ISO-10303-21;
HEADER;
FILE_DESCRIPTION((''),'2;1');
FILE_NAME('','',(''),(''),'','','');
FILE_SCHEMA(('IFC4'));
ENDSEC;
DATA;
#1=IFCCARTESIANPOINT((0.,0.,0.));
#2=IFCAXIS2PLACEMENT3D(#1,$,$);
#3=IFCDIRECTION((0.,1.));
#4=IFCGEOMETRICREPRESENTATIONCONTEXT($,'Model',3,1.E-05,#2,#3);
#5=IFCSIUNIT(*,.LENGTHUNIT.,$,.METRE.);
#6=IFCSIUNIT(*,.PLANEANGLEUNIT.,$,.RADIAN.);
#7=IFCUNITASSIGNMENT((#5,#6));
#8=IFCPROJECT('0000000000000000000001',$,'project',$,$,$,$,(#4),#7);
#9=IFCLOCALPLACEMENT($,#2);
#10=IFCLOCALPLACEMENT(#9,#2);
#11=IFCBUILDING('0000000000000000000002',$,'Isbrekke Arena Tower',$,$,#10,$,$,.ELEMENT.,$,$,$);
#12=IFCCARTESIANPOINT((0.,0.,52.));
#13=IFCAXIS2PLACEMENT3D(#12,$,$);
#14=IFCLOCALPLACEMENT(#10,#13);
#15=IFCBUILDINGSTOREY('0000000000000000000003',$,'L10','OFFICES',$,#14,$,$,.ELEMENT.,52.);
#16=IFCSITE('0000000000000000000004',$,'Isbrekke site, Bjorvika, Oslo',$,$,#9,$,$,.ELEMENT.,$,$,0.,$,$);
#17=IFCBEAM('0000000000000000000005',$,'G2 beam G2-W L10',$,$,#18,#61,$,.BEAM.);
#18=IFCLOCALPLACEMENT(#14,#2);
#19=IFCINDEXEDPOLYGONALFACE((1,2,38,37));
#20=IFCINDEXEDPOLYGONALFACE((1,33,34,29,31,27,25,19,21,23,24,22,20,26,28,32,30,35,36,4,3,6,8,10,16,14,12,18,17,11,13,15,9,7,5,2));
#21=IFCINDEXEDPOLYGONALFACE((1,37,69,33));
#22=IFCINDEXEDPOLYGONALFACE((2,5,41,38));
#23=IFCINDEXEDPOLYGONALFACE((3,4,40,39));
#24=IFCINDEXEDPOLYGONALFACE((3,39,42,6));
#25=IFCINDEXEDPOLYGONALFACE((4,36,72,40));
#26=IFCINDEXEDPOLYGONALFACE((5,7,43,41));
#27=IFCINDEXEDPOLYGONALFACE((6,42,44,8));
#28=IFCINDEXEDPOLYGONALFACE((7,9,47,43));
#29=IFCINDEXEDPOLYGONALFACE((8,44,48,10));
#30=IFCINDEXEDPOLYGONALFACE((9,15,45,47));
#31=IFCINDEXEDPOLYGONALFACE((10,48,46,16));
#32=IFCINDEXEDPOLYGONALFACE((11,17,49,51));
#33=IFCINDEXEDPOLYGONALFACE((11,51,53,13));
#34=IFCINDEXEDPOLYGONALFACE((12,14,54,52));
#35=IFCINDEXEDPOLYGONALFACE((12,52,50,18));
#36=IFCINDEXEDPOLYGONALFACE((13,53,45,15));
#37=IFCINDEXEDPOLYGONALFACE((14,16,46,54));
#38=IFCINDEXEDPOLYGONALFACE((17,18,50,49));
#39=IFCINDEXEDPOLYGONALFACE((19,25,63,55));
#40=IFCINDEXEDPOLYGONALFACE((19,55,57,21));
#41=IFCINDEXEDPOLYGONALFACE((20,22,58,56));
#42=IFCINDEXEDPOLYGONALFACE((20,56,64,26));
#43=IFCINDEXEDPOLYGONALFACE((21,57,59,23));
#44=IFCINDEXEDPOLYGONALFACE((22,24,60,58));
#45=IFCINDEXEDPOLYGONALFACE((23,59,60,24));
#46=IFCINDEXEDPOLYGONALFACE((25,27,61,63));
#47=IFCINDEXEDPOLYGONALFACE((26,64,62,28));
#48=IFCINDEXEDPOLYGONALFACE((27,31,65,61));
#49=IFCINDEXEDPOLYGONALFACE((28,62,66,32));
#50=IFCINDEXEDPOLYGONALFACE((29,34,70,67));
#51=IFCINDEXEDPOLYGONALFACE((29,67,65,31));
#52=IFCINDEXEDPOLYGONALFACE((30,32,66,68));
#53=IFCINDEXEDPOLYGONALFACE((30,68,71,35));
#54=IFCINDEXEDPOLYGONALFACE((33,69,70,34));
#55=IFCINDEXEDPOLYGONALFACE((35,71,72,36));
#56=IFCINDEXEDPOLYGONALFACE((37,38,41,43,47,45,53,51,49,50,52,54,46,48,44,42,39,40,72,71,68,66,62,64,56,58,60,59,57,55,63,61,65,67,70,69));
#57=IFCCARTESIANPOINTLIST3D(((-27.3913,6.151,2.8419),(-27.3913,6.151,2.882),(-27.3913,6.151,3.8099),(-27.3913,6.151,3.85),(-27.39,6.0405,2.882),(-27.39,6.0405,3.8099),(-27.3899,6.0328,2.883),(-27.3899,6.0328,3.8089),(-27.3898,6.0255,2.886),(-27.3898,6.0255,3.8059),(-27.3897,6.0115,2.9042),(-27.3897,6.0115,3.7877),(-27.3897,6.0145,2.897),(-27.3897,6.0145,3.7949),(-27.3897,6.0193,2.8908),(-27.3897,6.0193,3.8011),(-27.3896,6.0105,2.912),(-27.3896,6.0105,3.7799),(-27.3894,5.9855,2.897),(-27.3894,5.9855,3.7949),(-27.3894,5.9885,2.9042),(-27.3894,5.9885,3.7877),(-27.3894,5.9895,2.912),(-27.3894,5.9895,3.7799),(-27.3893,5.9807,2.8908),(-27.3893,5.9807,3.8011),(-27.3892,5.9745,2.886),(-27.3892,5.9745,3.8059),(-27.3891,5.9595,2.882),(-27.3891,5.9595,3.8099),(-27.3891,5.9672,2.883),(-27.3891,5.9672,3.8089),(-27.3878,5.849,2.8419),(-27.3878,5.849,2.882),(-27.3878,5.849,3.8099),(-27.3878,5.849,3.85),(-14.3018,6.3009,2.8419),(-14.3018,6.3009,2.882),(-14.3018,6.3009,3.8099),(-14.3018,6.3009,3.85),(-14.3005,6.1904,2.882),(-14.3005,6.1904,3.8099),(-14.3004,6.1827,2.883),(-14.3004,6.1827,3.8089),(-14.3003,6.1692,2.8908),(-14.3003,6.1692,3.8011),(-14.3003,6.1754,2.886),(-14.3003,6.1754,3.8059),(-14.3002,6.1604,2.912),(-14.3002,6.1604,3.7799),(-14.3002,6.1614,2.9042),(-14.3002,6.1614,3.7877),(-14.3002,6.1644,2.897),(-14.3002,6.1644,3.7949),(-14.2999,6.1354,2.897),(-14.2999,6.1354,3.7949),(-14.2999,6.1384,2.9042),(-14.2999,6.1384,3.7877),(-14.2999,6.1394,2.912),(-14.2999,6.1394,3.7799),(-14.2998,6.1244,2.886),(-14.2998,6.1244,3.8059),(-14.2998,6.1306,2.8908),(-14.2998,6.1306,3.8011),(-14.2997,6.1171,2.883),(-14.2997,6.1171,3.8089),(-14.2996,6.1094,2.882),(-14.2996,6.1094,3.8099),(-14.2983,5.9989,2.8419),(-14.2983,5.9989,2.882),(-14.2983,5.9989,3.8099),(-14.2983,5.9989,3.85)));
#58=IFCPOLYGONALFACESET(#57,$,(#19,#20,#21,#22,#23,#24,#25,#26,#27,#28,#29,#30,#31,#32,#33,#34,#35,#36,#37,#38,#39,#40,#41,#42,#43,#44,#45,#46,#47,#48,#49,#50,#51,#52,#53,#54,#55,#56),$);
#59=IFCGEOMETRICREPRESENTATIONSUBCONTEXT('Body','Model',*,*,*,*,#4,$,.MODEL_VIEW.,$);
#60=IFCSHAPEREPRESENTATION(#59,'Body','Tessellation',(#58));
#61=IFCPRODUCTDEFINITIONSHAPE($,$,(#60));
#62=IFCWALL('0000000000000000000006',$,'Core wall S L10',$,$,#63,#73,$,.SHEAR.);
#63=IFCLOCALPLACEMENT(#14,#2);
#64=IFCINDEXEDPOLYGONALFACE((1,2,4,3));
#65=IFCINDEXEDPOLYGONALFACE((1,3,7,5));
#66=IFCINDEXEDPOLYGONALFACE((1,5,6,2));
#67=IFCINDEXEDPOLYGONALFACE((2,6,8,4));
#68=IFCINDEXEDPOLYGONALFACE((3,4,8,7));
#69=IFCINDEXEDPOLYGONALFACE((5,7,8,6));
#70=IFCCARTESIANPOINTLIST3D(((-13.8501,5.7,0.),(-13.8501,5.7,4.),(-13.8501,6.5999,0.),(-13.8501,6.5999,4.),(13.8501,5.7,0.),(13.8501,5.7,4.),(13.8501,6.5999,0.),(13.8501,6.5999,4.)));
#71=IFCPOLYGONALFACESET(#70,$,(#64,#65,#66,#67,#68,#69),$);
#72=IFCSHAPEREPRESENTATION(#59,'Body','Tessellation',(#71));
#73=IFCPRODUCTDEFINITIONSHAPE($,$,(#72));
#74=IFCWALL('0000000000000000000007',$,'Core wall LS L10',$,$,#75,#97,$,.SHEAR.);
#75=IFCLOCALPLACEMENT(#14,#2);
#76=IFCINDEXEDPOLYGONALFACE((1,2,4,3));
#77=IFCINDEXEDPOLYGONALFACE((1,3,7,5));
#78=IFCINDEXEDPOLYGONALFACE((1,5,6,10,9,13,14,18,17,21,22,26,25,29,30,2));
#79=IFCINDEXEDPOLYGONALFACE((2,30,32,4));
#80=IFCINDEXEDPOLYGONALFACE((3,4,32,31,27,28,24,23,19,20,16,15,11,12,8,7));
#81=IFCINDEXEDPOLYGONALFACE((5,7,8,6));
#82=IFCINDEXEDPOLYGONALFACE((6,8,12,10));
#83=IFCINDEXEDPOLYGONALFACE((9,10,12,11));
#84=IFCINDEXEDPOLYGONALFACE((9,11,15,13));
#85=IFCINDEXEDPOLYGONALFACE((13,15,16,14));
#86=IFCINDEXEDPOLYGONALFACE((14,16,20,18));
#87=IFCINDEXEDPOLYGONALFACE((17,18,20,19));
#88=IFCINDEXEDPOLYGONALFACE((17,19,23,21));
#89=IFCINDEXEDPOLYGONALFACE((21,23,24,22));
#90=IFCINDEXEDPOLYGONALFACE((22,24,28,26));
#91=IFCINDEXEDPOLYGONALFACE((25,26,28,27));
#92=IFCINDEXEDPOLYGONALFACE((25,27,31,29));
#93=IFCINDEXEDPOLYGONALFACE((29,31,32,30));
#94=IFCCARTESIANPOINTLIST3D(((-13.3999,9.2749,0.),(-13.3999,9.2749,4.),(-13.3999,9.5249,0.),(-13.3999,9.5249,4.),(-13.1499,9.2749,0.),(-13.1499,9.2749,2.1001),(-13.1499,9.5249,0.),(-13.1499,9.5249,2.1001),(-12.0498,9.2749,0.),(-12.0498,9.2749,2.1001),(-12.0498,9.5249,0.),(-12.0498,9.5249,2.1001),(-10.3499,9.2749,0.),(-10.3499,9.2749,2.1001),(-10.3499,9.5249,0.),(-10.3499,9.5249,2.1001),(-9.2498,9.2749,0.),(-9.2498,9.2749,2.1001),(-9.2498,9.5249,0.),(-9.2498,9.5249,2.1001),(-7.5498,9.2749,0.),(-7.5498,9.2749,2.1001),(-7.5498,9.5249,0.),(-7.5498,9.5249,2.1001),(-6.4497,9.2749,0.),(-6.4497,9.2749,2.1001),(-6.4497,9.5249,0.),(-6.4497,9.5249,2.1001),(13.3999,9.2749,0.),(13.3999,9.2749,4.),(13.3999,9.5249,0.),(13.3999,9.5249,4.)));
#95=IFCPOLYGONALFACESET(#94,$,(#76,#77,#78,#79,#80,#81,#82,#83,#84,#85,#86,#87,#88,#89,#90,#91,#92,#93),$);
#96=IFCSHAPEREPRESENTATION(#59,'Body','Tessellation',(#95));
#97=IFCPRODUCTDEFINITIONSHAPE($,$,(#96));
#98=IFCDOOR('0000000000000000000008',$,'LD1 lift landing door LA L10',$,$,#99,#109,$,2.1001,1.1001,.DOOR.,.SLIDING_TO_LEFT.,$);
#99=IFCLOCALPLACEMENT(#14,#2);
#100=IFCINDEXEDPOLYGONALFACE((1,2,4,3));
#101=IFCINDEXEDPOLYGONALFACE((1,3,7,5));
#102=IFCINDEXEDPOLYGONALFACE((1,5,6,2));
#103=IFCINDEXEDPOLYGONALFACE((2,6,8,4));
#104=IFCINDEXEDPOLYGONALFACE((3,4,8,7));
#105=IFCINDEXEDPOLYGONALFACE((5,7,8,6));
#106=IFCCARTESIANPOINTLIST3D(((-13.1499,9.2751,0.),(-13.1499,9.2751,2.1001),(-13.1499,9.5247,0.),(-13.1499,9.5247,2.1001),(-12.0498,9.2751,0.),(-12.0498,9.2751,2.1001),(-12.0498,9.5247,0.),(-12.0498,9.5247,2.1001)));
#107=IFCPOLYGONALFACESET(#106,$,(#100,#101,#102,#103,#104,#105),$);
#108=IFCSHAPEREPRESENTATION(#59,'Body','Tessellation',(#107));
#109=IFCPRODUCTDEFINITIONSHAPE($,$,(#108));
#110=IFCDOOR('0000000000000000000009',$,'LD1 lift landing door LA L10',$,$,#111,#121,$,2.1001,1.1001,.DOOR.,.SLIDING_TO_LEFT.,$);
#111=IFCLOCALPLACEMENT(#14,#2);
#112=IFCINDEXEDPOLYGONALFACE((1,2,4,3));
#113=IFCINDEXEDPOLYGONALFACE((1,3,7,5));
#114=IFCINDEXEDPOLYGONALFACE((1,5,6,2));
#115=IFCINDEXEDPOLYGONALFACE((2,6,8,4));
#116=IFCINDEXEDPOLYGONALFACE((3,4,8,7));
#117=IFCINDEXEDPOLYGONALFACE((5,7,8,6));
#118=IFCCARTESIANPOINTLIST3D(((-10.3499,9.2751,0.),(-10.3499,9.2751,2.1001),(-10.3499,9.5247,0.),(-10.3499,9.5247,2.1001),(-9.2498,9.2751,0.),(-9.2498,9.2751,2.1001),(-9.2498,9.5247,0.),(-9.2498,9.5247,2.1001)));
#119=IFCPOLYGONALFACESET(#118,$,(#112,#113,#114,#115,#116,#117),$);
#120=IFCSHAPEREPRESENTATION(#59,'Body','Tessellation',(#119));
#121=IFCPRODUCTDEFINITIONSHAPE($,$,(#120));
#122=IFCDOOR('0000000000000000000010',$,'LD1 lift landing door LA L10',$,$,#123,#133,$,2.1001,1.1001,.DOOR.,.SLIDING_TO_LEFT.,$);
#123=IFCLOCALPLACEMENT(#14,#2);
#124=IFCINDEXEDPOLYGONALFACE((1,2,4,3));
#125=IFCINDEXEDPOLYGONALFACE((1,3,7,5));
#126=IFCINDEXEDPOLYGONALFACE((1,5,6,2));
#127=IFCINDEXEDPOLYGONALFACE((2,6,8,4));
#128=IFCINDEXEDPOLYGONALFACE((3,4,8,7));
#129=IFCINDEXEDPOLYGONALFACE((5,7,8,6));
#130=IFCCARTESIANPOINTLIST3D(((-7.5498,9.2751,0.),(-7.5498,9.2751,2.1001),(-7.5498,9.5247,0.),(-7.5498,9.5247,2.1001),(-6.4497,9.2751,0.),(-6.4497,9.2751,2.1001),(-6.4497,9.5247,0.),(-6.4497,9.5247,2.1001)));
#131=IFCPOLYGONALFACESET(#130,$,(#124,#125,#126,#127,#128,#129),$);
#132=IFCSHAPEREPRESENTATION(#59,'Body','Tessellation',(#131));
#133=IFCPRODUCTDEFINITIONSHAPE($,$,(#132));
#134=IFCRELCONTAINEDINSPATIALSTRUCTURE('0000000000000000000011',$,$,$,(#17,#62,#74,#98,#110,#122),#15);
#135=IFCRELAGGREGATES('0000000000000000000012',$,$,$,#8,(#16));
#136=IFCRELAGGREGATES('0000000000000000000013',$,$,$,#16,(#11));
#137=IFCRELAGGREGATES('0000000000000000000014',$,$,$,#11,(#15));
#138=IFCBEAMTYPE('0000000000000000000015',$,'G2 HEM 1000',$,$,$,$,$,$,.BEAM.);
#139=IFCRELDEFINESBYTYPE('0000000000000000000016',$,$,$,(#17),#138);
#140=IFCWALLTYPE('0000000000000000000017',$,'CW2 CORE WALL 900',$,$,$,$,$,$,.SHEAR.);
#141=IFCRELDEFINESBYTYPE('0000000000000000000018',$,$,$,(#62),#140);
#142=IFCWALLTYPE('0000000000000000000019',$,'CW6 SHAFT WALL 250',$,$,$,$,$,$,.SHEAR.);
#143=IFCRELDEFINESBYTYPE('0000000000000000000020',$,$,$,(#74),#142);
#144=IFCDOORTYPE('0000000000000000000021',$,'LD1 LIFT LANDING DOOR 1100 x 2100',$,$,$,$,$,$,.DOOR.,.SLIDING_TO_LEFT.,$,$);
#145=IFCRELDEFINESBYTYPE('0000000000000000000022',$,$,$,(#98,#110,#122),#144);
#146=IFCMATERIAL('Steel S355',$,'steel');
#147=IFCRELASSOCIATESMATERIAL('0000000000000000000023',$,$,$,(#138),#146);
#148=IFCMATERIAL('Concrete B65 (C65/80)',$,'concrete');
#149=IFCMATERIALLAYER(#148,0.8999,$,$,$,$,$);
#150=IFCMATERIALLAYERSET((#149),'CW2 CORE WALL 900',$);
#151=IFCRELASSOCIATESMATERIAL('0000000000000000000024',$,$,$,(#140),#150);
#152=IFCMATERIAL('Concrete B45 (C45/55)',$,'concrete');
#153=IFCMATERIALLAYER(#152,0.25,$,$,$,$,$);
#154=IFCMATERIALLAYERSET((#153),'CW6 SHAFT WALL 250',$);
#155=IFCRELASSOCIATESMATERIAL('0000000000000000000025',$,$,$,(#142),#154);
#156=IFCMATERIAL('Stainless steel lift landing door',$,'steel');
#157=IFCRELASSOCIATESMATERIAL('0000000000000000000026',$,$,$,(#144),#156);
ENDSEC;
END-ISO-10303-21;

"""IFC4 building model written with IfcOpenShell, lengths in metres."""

from ifc_helpers import new_model, si_unit, direction, frame, frame_2d, origin, origin_2d, place, context, subcontext, project, spatial, rectangle, i_section, extrude, material, layer, layer_set, material_profile, profile_set, type_object, element, fill, save


model = new_model("IFC4")

# Units and contexts
model_context = context("Model", 3, precision=1e-05, world=origin(), true_north=direction((0.0, 1.0)))
body_context = subcontext(model_context, "Body", "Model", "MODEL_VIEW")
ifc_project = project(units=[si_unit("LENGTHUNIT", "METRE"), si_unit("PLANEANGLEUNIT", "RADIAN")], contexts=[model_context])

# Site, building, storey
site_placement = place(None, origin())
site = spatial("IfcSite", under=ifc_project, at=site_placement, Name="Isbrekke site, Bjorvika, Oslo", CompositionType="ELEMENT", RefElevation=0.0)
building_placement = place(site_placement, origin())
building = spatial("IfcBuilding", under=site, at=building_placement, Name="Isbrekke Arena Tower", CompositionType="ELEMENT")
storey_placement = place(building_placement, frame((0.0, 0.0, 52.0)))
storey = spatial("IfcBuildingStorey", under=building, at=storey_placement, Name="L10", Description="OFFICES", CompositionType="ELEMENT", Elevation=52.0)

# Beam
ifc_material_1 = material(Name="Steel S355", Category="steel")
ifc_material_profile = material_profile(ifc_material_1, i_section(OverallWidth=0.302, OverallDepth=1.0081, WebThickness=0.021, FlangeThickness=0.04, FilletRadius=0.03, at=origin_2d()), Name="HEM 1000")
ifc_profile_set = profile_set([ifc_material_profile], Name="Steel S355")
beam_type = type_object("IfcBeamType", Name="G2 HEM 1000", PredefinedType="BEAM", material=ifc_profile_set)
beam_placement = place(storey_placement, frame((-14.3, 6.1499, 3.3459), z_axis=(-0.999934, -0.011451, 0.0), x_axis=(0.011451, -0.999934, 0.0)))
element("IfcBeam", 1, at=beam_placement, inside=storey, type_object=beam_type, Name="G2 beam G2-W L10", PredefinedType="BEAM", context=body_context, shape_type="SweptSolid", body=[
    extrude(i_section(OverallWidth=0.302, OverallDepth=1.0081, WebThickness=0.021, FlangeThickness=0.04, FilletRadius=0.03, at=origin_2d()), origin(), (0.0, 0.0, 1.0), 13.0903),
])

# Wall
ifc_material_2 = material(Name="Concrete B65 (C65/80)", Category="concrete")
ifc_layer_1 = layer(ifc_material_2, 0.8999)
ifc_layer_set_1 = layer_set([ifc_layer_1], Name="CW2 CORE WALL 900")
wall_type_1 = type_object("IfcWallType", Name="CW2 CORE WALL 900", PredefinedType="SHEAR", material=ifc_layer_set_1)
wall_1_placement = place(storey_placement, frame((-13.8501, 6.1499, 0.0), z_axis=(0.0, 0.0, 1.0), x_axis=(1.0, 0.0, 0.0)))
element("IfcWall", 2, at=wall_1_placement, inside=storey, type_object=wall_type_1, Name="Core wall S L10", PredefinedType="SHEAR", context=body_context, shape_type="SweptSolid", body=[
    extrude(rectangle(XDim=27.7002, YDim=0.8999, at=frame_2d((13.8501, 0.0))), origin(), (0.0, 0.0, 1.0), 4.0),
])

# Wall, openings, doors
ifc_material_3 = material(Name="Concrete B45 (C45/55)", Category="concrete")
ifc_layer_2 = layer(ifc_material_3, 0.25)
ifc_layer_set_2 = layer_set([ifc_layer_2], Name="CW6 SHAFT WALL 250")
wall_type_2 = type_object("IfcWallType", Name="CW6 SHAFT WALL 250", PredefinedType="SHEAR", material=ifc_layer_set_2)
wall_2_placement = place(storey_placement, frame((-13.3999, 9.3999, 0.0), z_axis=(0.0, 0.0, 1.0), x_axis=(1.0, 0.0, 0.0)))
wall_2 = element("IfcWall", 3, at=wall_2_placement, inside=storey, type_object=wall_type_2, Name="Core wall LS L10", PredefinedType="SHEAR", context=body_context, shape_type="SweptSolid", body=[
    extrude(rectangle(XDim=26.7998, YDim=0.25, at=frame_2d((13.3999, 0.0))), origin(), (0.0, 0.0, 1.0), 4.0),
])
opening_1_placement = place(wall_2_placement, frame((0.25, 0.0, 0.0)))
opening_1 = element("IfcOpeningElement", 4, at=opening_1_placement, cuts=wall_2, PredefinedType="OPENING", context=body_context, shape_type="SweptSolid", body=[
    extrude(rectangle(XDim=1.1001, YDim=2.1001, at=frame_2d((0.55, 1.05))), frame((0.0, 0.1399, 0.0), z_axis=(0.0, -1.0, 0.0), x_axis=(1.0, 0.0, 0.0)), (0.0, 0.0, 1.0), 0.2798),
])
opening_2_placement = place(wall_2_placement, frame((3.05, 0.0, 0.0)))
opening_2 = element("IfcOpeningElement", 5, at=opening_2_placement, cuts=wall_2, PredefinedType="OPENING", context=body_context, shape_type="SweptSolid", body=[
    extrude(rectangle(XDim=1.1001, YDim=2.1001, at=frame_2d((0.55, 1.05))), frame((0.0, 0.1399, 0.0), z_axis=(0.0, -1.0, 0.0), x_axis=(1.0, 0.0, 0.0)), (0.0, 0.0, 1.0), 0.2798),
])
opening_3_placement = place(wall_2_placement, frame((5.8501, 0.0, 0.0)))
opening_3 = element("IfcOpeningElement", 6, at=opening_3_placement, cuts=wall_2, PredefinedType="OPENING", context=body_context, shape_type="SweptSolid", body=[
    extrude(rectangle(XDim=1.1001, YDim=2.1001, at=frame_2d((0.55, 1.05))), frame((0.0, 0.1399, 0.0), z_axis=(0.0, -1.0, 0.0), x_axis=(1.0, 0.0, 0.0)), (0.0, 0.0, 1.0), 0.2798),
])
ifc_material_4 = material(Name="Stainless steel lift landing door", Category="steel")
door_type_1 = type_object("IfcDoorType", Name="LD1 LIFT LANDING DOOR 1100 x 2100", OperationType="SLIDING_TO_LEFT", PredefinedType="DOOR", material=ifc_material_4)
door_1_placement = place(opening_1_placement, origin())
door_1 = element("IfcDoor", 7, at=door_1_placement, inside=storey, type_object=door_type_1, Name="LD1 lift landing door LA L10", OperationType="SLIDING_TO_LEFT", OverallHeight=2.1001, OverallWidth=1.1001, PredefinedType="DOOR", context=body_context, shape_type="SweptSolid", body=[
    extrude(rectangle(XDim=1.1001, YDim=2.1001, at=frame_2d((0.55, 1.05))), frame((0.0, 0.1248, 0.0), z_axis=(0.0, -1.0, 0.0), x_axis=(1.0, 0.0, 0.0)), (0.0, 0.0, 1.0), 0.2495),
])
fill(opening_1, door_1)
door_2_placement = place(opening_2_placement, origin())
door_2 = element("IfcDoor", 8, at=door_2_placement, inside=storey, type_object=door_type_1, Name="LD1 lift landing door LA L10", OperationType="SLIDING_TO_LEFT", OverallHeight=2.1001, OverallWidth=1.1001, PredefinedType="DOOR", context=body_context, shape_type="SweptSolid", body=[
    extrude(rectangle(XDim=1.1001, YDim=2.1001, at=frame_2d((0.55, 1.05))), frame((0.0, 0.1248, 0.0), z_axis=(0.0, -1.0, 0.0), x_axis=(1.0, 0.0, 0.0)), (0.0, 0.0, 1.0), 0.2495),
])
fill(opening_2, door_2)
door_3_placement = place(opening_3_placement, origin())
door_3 = element("IfcDoor", 9, at=door_3_placement, inside=storey, type_object=door_type_1, Name="LD1 lift landing door LA L10", OperationType="SLIDING_TO_LEFT", OverallHeight=2.1001, OverallWidth=1.1001, PredefinedType="DOOR", context=body_context, shape_type="SweptSolid", body=[
    extrude(rectangle(XDim=1.1001, YDim=2.1001, at=frame_2d((0.55, 1.05))), frame((0.0, 0.1248, 0.0), z_axis=(0.0, -1.0, 0.0), x_axis=(1.0, 0.0, 0.0)), (0.0, 0.0, 1.0), 0.2495),
])
fill(opening_3, door_3)

save(model, "model.ifc")
